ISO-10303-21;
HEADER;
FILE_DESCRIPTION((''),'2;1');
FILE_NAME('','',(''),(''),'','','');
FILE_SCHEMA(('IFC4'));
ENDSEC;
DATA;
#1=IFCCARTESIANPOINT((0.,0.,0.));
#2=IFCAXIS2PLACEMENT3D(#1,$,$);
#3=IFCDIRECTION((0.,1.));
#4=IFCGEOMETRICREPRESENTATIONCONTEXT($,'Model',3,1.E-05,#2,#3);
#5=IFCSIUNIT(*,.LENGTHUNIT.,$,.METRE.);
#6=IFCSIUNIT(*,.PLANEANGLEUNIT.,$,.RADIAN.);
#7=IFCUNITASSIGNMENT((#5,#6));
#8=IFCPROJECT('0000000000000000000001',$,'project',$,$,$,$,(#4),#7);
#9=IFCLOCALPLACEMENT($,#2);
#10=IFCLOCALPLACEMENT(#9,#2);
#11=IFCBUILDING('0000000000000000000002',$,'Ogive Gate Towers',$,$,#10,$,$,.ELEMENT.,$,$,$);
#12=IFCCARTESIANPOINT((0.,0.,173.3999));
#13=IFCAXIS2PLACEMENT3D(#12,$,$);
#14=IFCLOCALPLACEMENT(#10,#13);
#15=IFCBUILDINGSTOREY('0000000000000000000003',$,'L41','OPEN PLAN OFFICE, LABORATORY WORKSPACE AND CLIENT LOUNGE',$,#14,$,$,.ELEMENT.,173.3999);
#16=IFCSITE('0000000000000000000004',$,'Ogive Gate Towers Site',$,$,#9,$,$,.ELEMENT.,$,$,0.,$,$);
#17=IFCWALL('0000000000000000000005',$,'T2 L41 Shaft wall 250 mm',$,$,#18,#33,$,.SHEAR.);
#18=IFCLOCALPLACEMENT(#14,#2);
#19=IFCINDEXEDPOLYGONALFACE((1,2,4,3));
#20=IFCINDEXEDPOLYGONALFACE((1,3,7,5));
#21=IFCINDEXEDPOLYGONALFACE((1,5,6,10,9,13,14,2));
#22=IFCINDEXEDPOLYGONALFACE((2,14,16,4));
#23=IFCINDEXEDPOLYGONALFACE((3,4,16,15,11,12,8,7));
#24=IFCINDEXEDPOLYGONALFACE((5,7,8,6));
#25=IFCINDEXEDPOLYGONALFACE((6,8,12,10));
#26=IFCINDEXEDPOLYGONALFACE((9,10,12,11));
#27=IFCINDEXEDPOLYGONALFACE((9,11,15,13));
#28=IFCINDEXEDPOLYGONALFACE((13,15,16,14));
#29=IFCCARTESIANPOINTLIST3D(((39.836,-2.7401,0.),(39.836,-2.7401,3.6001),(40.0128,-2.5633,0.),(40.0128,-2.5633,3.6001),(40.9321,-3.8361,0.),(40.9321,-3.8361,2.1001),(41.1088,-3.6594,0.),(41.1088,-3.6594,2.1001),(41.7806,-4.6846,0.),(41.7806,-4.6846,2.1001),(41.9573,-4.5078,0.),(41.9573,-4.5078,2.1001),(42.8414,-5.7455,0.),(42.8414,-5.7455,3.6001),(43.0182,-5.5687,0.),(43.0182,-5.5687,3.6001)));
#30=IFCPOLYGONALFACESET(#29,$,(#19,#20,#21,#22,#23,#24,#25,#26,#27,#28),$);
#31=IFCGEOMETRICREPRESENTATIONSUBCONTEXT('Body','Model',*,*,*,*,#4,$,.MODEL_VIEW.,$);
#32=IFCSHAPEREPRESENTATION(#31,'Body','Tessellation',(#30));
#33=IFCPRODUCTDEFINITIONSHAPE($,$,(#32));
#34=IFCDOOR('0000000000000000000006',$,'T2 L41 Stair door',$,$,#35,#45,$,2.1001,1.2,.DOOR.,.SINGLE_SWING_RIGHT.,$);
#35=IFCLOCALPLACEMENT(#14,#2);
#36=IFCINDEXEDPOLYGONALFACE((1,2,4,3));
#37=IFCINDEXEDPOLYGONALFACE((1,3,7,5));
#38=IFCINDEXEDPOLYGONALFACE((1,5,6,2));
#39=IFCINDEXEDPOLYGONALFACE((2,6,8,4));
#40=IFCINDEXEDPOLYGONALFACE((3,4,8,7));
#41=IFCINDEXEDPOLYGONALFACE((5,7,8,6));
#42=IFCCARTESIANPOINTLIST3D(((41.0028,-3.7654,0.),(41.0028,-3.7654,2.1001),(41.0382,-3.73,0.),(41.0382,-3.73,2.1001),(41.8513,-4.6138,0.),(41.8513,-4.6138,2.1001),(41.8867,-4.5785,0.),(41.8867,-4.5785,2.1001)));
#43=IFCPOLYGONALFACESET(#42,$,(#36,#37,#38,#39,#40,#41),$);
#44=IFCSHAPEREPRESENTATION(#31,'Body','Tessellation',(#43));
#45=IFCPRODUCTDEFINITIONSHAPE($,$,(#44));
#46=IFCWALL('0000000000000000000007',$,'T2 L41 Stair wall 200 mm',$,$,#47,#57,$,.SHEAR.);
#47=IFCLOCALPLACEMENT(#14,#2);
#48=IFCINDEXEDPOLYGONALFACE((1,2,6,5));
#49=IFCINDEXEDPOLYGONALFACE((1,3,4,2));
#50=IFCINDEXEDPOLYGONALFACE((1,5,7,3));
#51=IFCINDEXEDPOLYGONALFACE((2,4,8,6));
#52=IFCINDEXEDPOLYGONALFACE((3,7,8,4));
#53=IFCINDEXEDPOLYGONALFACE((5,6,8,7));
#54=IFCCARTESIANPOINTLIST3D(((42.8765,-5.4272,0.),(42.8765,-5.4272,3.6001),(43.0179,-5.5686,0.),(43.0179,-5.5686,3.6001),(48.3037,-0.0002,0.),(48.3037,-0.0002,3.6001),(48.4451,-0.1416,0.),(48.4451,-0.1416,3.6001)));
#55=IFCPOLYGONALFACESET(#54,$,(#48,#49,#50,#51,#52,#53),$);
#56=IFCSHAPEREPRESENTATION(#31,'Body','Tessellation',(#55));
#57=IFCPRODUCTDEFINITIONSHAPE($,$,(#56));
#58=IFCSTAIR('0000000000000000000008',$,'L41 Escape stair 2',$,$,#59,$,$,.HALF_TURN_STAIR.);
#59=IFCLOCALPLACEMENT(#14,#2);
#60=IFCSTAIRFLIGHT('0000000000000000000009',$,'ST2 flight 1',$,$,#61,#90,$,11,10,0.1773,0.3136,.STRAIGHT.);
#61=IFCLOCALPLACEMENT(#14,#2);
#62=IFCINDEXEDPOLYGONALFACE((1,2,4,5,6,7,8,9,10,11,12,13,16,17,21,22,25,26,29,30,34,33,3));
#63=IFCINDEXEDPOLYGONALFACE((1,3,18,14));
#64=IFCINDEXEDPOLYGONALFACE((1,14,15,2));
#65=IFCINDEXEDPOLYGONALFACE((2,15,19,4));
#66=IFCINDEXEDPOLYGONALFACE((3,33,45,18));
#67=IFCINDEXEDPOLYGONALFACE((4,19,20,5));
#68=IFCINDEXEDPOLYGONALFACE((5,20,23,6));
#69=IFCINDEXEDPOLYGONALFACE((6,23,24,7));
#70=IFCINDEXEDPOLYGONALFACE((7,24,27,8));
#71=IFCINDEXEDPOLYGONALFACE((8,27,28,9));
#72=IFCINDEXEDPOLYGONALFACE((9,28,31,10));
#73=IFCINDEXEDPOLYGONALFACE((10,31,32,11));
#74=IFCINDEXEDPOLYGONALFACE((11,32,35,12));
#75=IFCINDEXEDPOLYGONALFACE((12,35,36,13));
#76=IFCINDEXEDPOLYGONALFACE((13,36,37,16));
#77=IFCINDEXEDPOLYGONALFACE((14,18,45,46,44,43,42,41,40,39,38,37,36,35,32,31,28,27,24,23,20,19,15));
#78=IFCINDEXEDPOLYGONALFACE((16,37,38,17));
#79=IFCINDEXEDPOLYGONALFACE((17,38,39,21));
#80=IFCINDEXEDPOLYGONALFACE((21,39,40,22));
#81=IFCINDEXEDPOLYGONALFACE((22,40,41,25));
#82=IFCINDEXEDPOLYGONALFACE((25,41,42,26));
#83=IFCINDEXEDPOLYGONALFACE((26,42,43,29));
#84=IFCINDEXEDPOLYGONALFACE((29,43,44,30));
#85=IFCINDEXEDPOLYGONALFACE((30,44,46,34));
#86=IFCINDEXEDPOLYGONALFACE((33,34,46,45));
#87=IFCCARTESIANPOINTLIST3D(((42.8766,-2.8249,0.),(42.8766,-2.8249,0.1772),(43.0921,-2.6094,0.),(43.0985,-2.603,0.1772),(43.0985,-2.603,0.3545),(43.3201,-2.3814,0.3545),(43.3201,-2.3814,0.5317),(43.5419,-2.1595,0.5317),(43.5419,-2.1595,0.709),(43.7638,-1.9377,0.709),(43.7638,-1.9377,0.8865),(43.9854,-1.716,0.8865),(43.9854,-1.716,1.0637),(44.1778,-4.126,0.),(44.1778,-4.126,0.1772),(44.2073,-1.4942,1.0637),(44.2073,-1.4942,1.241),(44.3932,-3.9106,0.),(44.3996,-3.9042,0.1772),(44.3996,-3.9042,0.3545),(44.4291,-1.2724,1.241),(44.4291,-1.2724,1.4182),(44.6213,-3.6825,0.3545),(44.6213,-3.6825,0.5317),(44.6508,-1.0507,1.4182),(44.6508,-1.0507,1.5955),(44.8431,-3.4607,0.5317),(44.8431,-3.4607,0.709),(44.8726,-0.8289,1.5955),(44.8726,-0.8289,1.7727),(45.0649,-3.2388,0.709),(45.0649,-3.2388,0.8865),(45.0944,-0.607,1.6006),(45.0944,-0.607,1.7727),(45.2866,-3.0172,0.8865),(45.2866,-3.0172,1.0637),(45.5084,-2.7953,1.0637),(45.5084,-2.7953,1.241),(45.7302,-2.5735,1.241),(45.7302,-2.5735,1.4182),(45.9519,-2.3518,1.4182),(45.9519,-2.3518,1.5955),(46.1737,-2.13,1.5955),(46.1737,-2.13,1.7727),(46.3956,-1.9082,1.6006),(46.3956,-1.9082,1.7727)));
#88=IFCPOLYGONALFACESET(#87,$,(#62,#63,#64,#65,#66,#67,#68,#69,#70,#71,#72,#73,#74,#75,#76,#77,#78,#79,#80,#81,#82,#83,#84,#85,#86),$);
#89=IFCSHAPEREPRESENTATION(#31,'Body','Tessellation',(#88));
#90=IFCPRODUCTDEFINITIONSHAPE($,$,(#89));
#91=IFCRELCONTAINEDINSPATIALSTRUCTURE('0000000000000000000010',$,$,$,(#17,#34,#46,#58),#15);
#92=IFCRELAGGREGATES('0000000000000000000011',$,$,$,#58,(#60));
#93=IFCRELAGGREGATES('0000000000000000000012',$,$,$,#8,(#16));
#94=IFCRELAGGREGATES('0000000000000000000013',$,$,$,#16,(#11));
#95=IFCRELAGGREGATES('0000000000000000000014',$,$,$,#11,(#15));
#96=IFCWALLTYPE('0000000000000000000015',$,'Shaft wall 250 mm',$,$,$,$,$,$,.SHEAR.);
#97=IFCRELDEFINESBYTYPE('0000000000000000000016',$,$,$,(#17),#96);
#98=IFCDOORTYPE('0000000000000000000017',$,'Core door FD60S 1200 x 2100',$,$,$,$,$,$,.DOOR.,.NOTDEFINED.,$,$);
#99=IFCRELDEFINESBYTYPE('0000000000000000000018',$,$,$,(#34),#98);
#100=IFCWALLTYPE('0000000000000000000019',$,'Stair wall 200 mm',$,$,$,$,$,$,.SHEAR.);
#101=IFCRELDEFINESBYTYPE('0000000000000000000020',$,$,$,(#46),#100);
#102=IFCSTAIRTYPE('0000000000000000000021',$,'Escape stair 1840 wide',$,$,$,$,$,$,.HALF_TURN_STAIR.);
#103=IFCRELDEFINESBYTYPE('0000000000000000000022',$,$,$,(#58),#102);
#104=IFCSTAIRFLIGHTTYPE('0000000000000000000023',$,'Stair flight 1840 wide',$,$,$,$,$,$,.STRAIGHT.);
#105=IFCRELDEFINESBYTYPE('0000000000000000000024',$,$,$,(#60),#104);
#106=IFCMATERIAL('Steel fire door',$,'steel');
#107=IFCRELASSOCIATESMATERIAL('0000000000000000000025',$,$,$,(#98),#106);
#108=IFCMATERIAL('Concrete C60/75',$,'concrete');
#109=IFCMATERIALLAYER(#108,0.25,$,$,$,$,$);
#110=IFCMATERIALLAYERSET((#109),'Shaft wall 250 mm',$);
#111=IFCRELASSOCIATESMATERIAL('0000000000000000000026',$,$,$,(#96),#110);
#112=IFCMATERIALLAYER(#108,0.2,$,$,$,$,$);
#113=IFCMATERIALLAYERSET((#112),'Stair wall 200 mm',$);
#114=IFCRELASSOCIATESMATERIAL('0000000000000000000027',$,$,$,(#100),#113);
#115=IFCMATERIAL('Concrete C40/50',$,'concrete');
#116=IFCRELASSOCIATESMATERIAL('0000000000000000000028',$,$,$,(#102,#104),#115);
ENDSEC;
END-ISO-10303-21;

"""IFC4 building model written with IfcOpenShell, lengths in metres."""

from ifc_helpers import new_model, si_unit, direction, frame, frame_2d, origin, place, context, subcontext, project, spatial, polyline, rectangle, outline, extrude, material, layer, layer_set, type_object, element, fill, aggregate, save


model = new_model("IFC4")

# Units and contexts
model_context = context("Model", 3, precision=1e-05, world=origin(), true_north=direction((0.0, 1.0)))
body_context = subcontext(model_context, "Body", "Model", "MODEL_VIEW")
ifc_project = project(units=[si_unit("LENGTHUNIT", "METRE"), si_unit("PLANEANGLEUNIT", "RADIAN")], contexts=[model_context])

# Site, building, storey
site_placement = place(None, origin())
site = spatial("IfcSite", under=ifc_project, at=site_placement, Name="Ogive Gate Towers Site", CompositionType="ELEMENT", RefElevation=0.0)
building_placement = place(site_placement, origin())
building = spatial("IfcBuilding", under=site, at=building_placement, Name="Ogive Gate Towers", CompositionType="ELEMENT")
storey_placement = place(building_placement, frame((0.0, 0.0, 173.3999)))
storey = spatial("IfcBuildingStorey", under=building, at=storey_placement, Name="L41", Description="OPEN PLAN OFFICE, LABORATORY WORKSPACE AND CLIENT LOUNGE", CompositionType="ELEMENT", Elevation=173.3999)

# Shared definitions
ifc_material_1 = material(Name="Concrete C60/75", Category="concrete")
ifc_material_2 = material(Name="Steel fire door", Category="steel")
door_type_1 = type_object("IfcDoorType", Name="Core door FD60S 1200 x 2100", OperationType="NOTDEFINED", PredefinedType="DOOR", material=ifc_material_2)

# Shared definitions
ifc_layer_1 = layer(ifc_material_1, 0.25)
ifc_layer_set_1 = layer_set([ifc_layer_1], Name="Shaft wall 250 mm")
wall_type_1 = type_object("IfcWallType", Name="Shaft wall 250 mm", PredefinedType="SHEAR", material=ifc_layer_set_1)

# Wall, opening, door
wall_1_placement = place(storey_placement, frame((42.9297, -5.657, 0.0), z_axis=(0.0, 0.0, 1.0), x_axis=(-0.707107, 0.707107, 0.0)))
wall_1 = element("IfcWall", 1, at=wall_1_placement, inside=storey, type_object=wall_type_1, Name="T2 L41 Shaft wall 250 mm", PredefinedType="SHEAR", context=body_context, shape_type="SweptSolid", body=[
    extrude(rectangle(XDim=4.2502, YDim=0.25, at=frame_2d((2.125, 0.0))), origin(), (0.0, 0.0, 1.0), 3.6001),
])
opening_1_placement = place(wall_1_placement, frame((1.5, 0.0, 0.0)))
opening_1 = element("IfcOpeningElement", 2, at=opening_1_placement, cuts=wall_1, PredefinedType="OPENING", context=body_context, shape_type="SweptSolid", body=[
    extrude(rectangle(XDim=1.2, YDim=2.1001, at=frame_2d((0.6001, 1.05))), frame((0.0, 0.135, 0.0), z_axis=(0.0, -1.0, 0.0), x_axis=(1.0, 0.0, 0.0)), (0.0, 0.0, 1.0), 0.27),
])
door_1_placement = place(opening_1_placement, origin())
door_1 = element("IfcDoor", 3, at=door_1_placement, inside=storey, type_object=door_type_1, Name="T2 L41 Stair door", OperationType="SINGLE_SWING_RIGHT", OverallHeight=2.1001, OverallWidth=1.2, PredefinedType="DOOR", context=body_context, shape_type="SweptSolid", body=[
    extrude(rectangle(XDim=1.2, YDim=2.1001, at=frame_2d((0.6001, 1.05))), frame((0.0, 0.0249, 0.0), z_axis=(0.0, -1.0, 0.0), x_axis=(1.0, 0.0, 0.0)), (0.0, 0.0, 1.0), 0.05),
])
fill(opening_1, door_1)

# Wall
ifc_layer_2 = layer(ifc_material_1, 0.2)
ifc_layer_set_2 = layer_set([ifc_layer_2], Name="Stair wall 200 mm")
wall_type_2 = type_object("IfcWallType", Name="Stair wall 200 mm", PredefinedType="SHEAR", material=ifc_layer_set_2)
wall_2_placement = place(storey_placement, frame((42.9473, -5.4978, 0.0), z_axis=(0.0, 0.0, 1.0), x_axis=(0.707123, 0.707091, 0.0)))
element("IfcWall", 4, at=wall_2_placement, inside=storey, type_object=wall_type_2, Name="T2 L41 Stair wall 200 mm", PredefinedType="SHEAR", context=body_context, shape_type="SweptSolid", body=[
    extrude(rectangle(XDim=7.675, YDim=0.2, at=frame_2d((3.8374, 0.0))), origin(), (0.0, 0.0, 1.0), 3.6001),
])

# Stair, stair flight
ifc_material_3 = material(Name="Concrete C40/50", Category="concrete")
stair_type = type_object("IfcStairType", Name="Escape stair 1840 wide", PredefinedType="HALF_TURN_STAIR", material=ifc_material_3)
stair_placement = place(storey_placement, origin())
stair = element("IfcStair", 5, at=stair_placement, inside=storey, type_object=stair_type, Name="L41 Escape stair 2", PredefinedType="HALF_TURN_STAIR")
stair_flight_type = type_object("IfcStairFlightType", Name="Stair flight 1840 wide", PredefinedType="STRAIGHT", material=ifc_material_3)
stair_flight_placement = place(storey_placement, frame((43.5271, -3.4753, 0.0), z_axis=(0.0, 0.0, 1.0), x_axis=(0.707107, 0.707107, 0.0)))
stair_flight = element("IfcStairFlight", 6, at=stair_flight_placement, type_object=stair_flight_type, Name="ST2 flight 1", NumberOfRisers=11, NumberOfTreads=10, PredefinedType="STRAIGHT", RiserHeight=0.1773, TreadLength=0.3136, context=body_context, shape_type="SweptSolid", body=[
    extrude(outline(polyline([(0.0, 0.0), (0.0, 0.1772), (0.3137, 0.1772), (0.3137, 0.3545), (0.6272, 0.3545), (0.6272, 0.5317), (0.9409, 0.5317), (0.9409, 0.709), (1.2546, 0.709), (1.2546, 0.8865), (1.5681, 0.8865), (1.5681, 1.0637), (1.8818, 1.0637), (1.8818, 1.241), (2.1956, 1.241), (2.1956, 1.4182), (2.509, 1.4182), (2.509, 1.5955), (2.8228, 1.5955), (2.8228, 1.7727), (3.1365, 1.7727), (3.1365, 1.95), (3.1365, 1.6006), (0.3047, 0.0), (0.0, 0.0)])), frame((0.0, 0.9199, 0.0), z_axis=(0.0, -1.0, 0.0), x_axis=(1.0, 0.0, 0.0)), (0.0, 0.0, 1.0), 1.8401),
])
aggregate(stair, [stair_flight])

save(model, "model.ifc")
